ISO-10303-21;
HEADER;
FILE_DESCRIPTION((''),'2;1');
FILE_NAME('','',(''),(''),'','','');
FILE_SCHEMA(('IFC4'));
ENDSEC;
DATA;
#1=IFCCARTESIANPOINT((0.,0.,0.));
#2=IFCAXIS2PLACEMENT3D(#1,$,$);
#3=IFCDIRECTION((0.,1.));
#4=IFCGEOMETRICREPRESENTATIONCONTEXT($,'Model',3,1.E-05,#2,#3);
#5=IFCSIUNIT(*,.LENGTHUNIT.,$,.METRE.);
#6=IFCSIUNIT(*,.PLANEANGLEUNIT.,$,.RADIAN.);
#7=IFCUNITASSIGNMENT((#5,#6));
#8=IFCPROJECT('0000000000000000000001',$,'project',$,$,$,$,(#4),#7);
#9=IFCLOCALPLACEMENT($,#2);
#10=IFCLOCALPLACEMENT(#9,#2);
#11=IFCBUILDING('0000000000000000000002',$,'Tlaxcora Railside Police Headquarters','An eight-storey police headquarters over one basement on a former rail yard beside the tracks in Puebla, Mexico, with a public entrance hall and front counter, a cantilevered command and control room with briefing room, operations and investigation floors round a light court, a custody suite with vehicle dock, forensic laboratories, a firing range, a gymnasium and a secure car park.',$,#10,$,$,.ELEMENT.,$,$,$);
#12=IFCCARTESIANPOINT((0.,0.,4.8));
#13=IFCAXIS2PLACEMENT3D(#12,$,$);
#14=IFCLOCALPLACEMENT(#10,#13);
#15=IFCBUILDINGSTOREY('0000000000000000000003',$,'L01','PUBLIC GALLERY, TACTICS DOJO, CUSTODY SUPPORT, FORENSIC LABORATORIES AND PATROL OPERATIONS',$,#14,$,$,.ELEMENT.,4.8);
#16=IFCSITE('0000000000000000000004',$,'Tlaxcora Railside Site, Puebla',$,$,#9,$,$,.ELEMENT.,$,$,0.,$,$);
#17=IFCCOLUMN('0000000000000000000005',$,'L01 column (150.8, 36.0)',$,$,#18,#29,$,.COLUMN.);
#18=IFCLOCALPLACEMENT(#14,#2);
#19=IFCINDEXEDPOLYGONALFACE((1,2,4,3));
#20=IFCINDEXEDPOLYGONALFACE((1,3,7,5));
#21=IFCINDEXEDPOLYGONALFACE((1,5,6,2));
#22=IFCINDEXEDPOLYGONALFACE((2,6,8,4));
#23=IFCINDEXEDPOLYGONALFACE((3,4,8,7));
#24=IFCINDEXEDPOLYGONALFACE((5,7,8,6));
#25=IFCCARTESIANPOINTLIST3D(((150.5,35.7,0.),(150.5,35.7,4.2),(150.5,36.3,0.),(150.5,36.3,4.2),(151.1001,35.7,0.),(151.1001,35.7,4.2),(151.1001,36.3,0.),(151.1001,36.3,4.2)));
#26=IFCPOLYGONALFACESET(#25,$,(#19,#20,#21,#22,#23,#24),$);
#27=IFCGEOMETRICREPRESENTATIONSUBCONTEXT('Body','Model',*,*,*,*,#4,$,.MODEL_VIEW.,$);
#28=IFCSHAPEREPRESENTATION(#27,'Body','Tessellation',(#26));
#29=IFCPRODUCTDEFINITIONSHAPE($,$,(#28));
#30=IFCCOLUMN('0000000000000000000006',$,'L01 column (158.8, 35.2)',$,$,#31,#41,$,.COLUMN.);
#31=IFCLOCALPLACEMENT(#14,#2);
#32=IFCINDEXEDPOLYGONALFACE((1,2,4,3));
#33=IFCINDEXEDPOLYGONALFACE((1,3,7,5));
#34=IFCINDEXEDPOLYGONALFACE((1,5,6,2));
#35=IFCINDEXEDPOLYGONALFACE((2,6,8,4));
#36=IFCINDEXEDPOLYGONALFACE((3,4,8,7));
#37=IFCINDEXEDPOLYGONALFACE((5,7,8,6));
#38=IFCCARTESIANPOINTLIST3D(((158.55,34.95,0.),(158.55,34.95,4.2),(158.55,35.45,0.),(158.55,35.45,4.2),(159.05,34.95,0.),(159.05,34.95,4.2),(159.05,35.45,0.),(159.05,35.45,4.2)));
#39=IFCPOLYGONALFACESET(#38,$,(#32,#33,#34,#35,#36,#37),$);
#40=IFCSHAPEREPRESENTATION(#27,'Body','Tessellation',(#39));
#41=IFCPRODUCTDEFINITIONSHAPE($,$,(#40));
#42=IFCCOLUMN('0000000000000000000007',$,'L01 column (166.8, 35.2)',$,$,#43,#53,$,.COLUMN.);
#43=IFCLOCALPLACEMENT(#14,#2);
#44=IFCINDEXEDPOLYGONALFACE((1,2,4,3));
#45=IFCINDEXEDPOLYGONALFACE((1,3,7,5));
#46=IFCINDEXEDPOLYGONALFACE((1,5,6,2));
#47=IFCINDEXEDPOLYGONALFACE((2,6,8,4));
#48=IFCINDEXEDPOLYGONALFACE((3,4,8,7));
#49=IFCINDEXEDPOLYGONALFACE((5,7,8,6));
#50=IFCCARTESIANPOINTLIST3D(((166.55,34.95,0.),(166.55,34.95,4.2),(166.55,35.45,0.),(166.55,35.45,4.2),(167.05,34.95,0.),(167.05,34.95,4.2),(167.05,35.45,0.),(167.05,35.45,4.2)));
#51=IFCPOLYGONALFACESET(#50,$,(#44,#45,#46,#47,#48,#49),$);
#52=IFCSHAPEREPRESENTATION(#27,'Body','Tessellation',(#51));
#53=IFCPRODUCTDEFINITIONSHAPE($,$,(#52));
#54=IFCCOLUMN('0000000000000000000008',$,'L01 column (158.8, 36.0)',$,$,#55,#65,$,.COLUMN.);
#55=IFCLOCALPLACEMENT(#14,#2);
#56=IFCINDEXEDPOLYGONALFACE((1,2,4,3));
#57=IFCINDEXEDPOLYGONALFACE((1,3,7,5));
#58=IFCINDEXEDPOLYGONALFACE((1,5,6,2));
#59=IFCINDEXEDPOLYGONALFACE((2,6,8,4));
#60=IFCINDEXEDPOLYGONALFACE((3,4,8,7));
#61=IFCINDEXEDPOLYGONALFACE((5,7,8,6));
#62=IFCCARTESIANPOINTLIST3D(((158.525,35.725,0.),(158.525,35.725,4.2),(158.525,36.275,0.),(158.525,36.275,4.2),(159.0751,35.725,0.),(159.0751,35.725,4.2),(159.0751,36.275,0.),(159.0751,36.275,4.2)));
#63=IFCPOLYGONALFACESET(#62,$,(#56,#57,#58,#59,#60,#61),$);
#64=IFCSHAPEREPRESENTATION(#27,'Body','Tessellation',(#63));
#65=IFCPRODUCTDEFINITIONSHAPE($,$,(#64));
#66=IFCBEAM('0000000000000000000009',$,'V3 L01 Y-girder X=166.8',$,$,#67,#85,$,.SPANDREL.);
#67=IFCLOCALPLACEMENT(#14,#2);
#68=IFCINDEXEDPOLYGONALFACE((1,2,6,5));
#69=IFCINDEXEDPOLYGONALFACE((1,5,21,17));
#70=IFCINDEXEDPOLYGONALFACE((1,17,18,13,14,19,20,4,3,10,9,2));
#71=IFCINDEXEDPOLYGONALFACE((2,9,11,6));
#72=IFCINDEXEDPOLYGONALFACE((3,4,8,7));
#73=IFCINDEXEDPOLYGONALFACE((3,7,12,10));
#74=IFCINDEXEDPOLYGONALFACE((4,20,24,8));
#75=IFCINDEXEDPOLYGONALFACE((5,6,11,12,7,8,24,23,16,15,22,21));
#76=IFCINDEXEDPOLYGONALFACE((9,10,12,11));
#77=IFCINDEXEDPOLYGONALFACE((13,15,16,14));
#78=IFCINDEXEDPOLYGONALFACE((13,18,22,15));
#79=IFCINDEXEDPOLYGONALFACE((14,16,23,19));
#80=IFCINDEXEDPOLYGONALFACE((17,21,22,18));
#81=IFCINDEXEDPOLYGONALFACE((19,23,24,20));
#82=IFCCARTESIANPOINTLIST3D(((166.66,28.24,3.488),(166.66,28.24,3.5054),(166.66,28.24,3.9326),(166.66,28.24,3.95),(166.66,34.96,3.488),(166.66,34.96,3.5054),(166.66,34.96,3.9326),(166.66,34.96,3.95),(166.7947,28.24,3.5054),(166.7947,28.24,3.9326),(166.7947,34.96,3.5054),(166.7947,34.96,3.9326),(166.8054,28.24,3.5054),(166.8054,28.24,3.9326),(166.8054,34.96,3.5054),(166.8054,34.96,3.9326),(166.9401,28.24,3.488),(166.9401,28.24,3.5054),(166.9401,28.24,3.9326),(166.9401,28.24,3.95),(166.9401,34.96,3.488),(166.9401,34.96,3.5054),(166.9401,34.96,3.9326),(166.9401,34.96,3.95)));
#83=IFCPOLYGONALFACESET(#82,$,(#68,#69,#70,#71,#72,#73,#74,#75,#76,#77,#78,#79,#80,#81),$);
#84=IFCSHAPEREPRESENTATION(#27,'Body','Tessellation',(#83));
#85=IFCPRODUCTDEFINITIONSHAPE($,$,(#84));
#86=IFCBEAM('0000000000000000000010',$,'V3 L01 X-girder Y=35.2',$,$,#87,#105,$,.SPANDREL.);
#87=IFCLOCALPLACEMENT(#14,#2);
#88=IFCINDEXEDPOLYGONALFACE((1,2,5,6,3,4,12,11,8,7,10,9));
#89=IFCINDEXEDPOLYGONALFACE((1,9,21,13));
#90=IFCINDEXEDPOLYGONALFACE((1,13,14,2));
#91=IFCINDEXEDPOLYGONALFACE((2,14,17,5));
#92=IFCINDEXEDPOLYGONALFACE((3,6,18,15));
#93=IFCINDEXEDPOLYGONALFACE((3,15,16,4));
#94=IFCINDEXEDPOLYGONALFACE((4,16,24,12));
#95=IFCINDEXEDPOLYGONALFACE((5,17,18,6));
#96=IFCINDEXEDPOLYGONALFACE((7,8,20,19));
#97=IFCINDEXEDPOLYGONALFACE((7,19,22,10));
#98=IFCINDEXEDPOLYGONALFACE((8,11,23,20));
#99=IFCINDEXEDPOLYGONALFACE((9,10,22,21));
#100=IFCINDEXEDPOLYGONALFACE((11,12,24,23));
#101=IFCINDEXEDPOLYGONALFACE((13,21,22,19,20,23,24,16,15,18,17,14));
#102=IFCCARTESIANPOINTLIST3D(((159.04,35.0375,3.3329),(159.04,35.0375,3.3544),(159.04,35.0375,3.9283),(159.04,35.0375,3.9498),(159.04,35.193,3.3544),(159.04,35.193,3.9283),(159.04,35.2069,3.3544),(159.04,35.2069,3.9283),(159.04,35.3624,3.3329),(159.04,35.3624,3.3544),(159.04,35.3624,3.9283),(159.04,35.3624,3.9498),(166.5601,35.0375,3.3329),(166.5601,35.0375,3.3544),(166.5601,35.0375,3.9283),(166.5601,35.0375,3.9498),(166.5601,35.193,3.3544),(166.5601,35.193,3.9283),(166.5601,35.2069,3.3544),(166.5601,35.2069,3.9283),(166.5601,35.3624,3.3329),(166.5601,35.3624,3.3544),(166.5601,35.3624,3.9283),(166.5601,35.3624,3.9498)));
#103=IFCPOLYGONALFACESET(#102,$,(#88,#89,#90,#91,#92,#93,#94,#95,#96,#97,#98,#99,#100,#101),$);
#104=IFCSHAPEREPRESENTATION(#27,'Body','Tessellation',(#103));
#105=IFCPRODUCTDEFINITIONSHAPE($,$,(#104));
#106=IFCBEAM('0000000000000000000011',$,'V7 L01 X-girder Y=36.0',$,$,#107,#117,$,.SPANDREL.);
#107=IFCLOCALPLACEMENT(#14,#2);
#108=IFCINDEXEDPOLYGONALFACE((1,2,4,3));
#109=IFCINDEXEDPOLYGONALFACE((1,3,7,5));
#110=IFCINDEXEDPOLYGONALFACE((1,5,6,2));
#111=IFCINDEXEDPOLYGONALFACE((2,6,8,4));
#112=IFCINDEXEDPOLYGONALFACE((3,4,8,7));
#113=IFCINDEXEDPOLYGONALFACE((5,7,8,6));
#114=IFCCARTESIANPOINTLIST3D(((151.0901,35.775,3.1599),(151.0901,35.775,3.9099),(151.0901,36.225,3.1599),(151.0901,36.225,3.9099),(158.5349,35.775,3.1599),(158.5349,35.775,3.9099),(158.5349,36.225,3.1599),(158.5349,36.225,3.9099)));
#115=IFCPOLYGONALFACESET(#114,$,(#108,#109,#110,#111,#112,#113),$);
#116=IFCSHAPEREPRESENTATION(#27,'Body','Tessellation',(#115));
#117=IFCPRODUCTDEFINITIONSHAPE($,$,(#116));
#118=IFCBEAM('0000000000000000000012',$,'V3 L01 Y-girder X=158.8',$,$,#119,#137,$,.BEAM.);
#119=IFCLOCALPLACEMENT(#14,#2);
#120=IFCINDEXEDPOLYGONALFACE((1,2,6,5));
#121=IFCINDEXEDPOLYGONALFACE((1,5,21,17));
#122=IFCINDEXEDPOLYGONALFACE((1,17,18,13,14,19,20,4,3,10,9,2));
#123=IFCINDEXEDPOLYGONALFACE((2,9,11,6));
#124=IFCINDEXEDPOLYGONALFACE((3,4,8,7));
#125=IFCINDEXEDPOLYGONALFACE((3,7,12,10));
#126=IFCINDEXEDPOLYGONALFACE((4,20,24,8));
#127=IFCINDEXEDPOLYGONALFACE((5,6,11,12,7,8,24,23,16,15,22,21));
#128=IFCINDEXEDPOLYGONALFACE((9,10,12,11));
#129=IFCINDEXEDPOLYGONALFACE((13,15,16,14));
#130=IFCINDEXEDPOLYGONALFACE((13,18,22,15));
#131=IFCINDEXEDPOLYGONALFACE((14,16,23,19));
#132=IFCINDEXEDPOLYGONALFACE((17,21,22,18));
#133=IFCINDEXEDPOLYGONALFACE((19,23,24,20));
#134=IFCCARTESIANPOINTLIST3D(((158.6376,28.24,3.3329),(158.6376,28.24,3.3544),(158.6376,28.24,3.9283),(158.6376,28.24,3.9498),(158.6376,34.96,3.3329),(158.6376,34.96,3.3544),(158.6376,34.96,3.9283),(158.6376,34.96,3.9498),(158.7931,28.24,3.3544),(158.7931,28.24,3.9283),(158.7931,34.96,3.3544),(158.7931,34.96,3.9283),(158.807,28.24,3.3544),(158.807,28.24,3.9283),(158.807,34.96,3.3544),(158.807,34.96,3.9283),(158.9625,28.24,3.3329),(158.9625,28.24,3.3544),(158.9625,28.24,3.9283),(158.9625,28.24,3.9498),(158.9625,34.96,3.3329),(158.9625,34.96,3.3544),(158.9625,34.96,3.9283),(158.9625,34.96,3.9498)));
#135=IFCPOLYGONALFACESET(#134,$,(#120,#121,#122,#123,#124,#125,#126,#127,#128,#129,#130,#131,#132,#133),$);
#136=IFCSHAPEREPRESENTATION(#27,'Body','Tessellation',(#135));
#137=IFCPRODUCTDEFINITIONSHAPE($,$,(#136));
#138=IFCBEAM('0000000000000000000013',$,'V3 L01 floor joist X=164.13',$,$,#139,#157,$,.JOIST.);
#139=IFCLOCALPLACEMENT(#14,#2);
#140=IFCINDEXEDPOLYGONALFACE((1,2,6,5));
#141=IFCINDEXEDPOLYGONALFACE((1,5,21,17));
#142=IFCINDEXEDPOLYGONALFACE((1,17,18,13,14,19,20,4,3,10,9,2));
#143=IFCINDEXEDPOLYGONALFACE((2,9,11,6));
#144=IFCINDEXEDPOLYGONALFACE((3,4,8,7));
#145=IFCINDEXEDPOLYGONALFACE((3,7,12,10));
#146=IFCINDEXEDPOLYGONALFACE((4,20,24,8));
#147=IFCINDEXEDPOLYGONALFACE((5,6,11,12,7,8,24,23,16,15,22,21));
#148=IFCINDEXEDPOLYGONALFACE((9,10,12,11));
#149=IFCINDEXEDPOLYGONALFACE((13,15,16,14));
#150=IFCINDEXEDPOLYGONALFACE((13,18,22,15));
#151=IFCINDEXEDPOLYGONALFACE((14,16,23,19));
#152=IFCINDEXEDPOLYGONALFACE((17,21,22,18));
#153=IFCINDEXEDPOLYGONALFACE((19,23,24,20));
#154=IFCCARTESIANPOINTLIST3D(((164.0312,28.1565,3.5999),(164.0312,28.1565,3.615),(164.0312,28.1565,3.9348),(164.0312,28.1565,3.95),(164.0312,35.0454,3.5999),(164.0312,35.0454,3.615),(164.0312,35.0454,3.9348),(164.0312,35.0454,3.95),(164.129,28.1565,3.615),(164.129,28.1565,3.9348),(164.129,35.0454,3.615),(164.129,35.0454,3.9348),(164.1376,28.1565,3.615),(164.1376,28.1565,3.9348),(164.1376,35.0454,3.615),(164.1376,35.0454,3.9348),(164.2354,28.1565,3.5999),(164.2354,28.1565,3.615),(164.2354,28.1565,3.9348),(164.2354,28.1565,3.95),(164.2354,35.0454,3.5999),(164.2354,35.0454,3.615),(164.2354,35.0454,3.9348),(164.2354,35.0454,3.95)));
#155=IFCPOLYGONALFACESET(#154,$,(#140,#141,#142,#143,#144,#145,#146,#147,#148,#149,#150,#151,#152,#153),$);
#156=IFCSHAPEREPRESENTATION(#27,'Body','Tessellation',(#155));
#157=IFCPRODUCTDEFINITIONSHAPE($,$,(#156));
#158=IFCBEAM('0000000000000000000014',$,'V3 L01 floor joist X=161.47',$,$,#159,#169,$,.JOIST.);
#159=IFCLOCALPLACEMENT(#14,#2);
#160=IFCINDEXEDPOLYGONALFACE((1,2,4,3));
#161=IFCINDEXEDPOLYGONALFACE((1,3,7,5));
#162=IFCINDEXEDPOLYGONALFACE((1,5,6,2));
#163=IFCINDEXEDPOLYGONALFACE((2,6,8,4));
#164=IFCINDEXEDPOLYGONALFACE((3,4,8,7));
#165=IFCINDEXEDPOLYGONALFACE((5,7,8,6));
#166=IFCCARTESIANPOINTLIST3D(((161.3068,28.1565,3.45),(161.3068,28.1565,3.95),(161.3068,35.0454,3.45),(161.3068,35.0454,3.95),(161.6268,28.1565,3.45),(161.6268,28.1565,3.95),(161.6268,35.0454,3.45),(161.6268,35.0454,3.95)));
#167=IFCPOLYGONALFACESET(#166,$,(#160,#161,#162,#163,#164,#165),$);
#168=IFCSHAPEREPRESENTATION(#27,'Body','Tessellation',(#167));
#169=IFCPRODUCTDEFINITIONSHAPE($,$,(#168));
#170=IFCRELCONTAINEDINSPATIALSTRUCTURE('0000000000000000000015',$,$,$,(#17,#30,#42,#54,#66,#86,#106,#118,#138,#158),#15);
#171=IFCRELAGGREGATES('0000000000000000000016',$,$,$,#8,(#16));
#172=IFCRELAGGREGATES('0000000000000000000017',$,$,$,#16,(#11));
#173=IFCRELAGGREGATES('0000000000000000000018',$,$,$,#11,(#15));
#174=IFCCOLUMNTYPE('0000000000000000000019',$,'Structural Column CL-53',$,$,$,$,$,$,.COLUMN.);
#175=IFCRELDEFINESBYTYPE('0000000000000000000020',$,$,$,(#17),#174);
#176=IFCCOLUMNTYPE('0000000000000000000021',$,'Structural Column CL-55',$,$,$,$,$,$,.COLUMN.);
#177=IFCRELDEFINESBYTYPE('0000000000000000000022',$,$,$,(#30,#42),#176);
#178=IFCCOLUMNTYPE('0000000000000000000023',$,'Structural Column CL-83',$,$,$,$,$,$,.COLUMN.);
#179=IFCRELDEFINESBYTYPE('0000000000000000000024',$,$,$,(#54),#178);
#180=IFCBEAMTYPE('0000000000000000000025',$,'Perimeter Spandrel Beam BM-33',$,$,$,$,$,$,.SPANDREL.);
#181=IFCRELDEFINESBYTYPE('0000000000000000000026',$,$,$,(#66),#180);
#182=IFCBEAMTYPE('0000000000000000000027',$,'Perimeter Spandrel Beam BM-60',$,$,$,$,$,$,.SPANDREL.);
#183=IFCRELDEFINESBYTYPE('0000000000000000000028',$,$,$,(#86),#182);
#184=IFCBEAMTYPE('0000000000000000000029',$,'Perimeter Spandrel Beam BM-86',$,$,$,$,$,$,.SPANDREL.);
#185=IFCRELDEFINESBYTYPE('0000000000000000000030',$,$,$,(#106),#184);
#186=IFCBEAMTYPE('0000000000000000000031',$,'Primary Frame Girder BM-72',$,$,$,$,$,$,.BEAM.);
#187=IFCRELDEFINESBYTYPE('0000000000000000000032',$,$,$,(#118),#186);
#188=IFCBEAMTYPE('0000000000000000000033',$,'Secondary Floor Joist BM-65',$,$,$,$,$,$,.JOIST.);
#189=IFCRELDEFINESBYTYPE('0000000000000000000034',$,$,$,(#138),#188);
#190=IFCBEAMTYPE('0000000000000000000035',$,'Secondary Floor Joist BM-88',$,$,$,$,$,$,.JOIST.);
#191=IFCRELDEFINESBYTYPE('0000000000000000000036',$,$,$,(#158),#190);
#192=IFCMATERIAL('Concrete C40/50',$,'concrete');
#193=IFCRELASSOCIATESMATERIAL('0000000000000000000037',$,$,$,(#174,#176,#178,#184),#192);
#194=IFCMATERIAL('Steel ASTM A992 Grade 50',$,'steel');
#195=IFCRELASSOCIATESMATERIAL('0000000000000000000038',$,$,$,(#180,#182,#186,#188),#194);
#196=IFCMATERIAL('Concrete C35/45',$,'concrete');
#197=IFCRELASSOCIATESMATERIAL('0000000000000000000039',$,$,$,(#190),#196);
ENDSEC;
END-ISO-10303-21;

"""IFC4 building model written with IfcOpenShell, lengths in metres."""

from ifc_helpers import new_model, si_unit, direction, frame, origin, origin_2d, place, context, subcontext, project, spatial, rectangle, i_section, extrude, material, material_profile, profile_set, type_object, element, save


model = new_model("IFC4")

# Units and contexts
model_context = context("Model", 3, precision=1e-05, world=origin(), true_north=direction((0.0, 1.0)))
body_context = subcontext(model_context, "Body", "Model", "MODEL_VIEW")
ifc_project = project(units=[si_unit("LENGTHUNIT", "METRE"), si_unit("PLANEANGLEUNIT", "RADIAN")], contexts=[model_context])

# Site, building, storey
site_placement = place(None, origin())
site = spatial("IfcSite", under=ifc_project, at=site_placement, Name="Tlaxcora Railside Site, Puebla", CompositionType="ELEMENT", RefElevation=0.0)
building_placement = place(site_placement, origin())
building = spatial("IfcBuilding", under=site, at=building_placement, Name="Tlaxcora Railside Police Headquarters", Description="An eight-storey police headquarters over one basement on a former rail yard beside the tracks in Puebla, Mexico, with a public entrance hall and front counter, a cantilevered command and control room with briefing room, operations and investigation floors round a light court, a custody suite with vehicle dock, forensic laboratories, a firing range, a gymnasium and a secure car park.", CompositionType="ELEMENT")
storey_placement = place(building_placement, frame((0.0, 0.0, 4.8)))
storey = spatial("IfcBuildingStorey", under=building, at=storey_placement, Name="L01", Description="PUBLIC GALLERY, TACTICS DOJO, CUSTODY SUPPORT, FORENSIC LABORATORIES AND PATROL OPERATIONS", CompositionType="ELEMENT", Elevation=4.8)

# Columns
ifc_material_1 = material(Name="Concrete C40/50", Category="concrete")
ifc_material_profile_1 = material_profile(ifc_material_1, rectangle(XDim=0.6001, YDim=0.6001, at=origin_2d()), Name="RC600X600")
ifc_profile_set_1 = profile_set([ifc_material_profile_1], Name="Concrete C40/50")
column_type_1 = type_object("IfcColumnType", Name="Structural Column CL-53", PredefinedType="COLUMN", material=ifc_profile_set_1)
column_1_placement = place(storey_placement, frame((150.8, 36.0, 0.0), z_axis=(0.0, 0.0, 1.0), x_axis=(1.0, 0.0, 0.0)))
element("IfcColumn", 1, at=column_1_placement, inside=storey, type_object=column_type_1, Name="L01 column (150.8, 36.0)", PredefinedType="COLUMN", context=body_context, shape_type="SweptSolid", body=[
    extrude(rectangle(XDim=0.6001, YDim=0.6001, at=origin_2d()), origin(), (0.0, 0.0, 1.0), 4.2),
])
ifc_material_profile_2 = material_profile(ifc_material_1, rectangle(XDim=0.5, YDim=0.5, at=origin_2d()), Name="RC500X500")
ifc_profile_set_2 = profile_set([ifc_material_profile_2], Name="Concrete C40/50")
column_type_2 = type_object("IfcColumnType", Name="Structural Column CL-55", PredefinedType="COLUMN", material=ifc_profile_set_2)
for number, where, z_axis, x_axis, name in (
    (2, (158.8, 35.2, 0.0), (0.0, 0.0, 1.0), (1.0, 0.0, 0.0), "L01 column (158.8, 35.2)"),
    (3, (166.8, 35.2, 0.0), (0.0, 0.0, 1.0), (1.0, 0.0, 0.0), "L01 column (166.8, 35.2)"),
):
    element("IfcColumn", number, at=place(storey_placement, frame(where, z_axis=z_axis, x_axis=x_axis)), inside=storey, type_object=column_type_2, Name=name, PredefinedType="COLUMN", context=body_context, shape_type="SweptSolid", body=[
        extrude(rectangle(XDim=0.5, YDim=0.5, at=origin_2d()), origin(), (0.0, 0.0, 1.0), 4.2),
    ])
ifc_material_profile_3 = material_profile(ifc_material_1, rectangle(XDim=0.55, YDim=0.55, at=origin_2d()), Name="RC550X550")
ifc_profile_set_3 = profile_set([ifc_material_profile_3], Name="Concrete C40/50")
column_type_3 = type_object("IfcColumnType", Name="Structural Column CL-83", PredefinedType="COLUMN", material=ifc_profile_set_3)
column_2_placement = place(storey_placement, frame((158.8, 36.0, 0.0), z_axis=(0.0, 0.0, 1.0), x_axis=(1.0, 0.0, 0.0)))
element("IfcColumn", 4, at=column_2_placement, inside=storey, type_object=column_type_3, Name="L01 column (158.8, 36.0)", PredefinedType="COLUMN", context=body_context, shape_type="SweptSolid", body=[
    extrude(rectangle(XDim=0.55, YDim=0.55, at=origin_2d()), origin(), (0.0, 0.0, 1.0), 4.2),
])

# Beams
ifc_material_2 = material(Name="Steel ASTM A992 Grade 50", Category="steel")
ifc_material_profile_4 = material_profile(ifc_material_2, i_section(OverallWidth=0.28, OverallDepth=0.4619, WebThickness=0.0107, FlangeThickness=0.0173, at=origin_2d()), Name="W18X76")
ifc_profile_set_4 = profile_set([ifc_material_profile_4], Name="Steel ASTM A992 Grade 50")
beam_type_1 = type_object("IfcBeamType", Name="Perimeter Spandrel Beam BM-33", PredefinedType="SPANDREL", material=ifc_profile_set_4)
beam_1_placement = place(storey_placement, frame((166.8, 28.24, 3.719), z_axis=(0.0, 1.0, 0.0), x_axis=(-1.0, 0.0, 0.0)))
element("IfcBeam", 5, at=beam_1_placement, inside=storey, type_object=beam_type_1, Name="V3 L01 Y-girder X=166.8", PredefinedType="SPANDREL", context=body_context, shape_type="SweptSolid", body=[
    extrude(i_section(OverallWidth=0.28, OverallDepth=0.4619, WebThickness=0.0107, FlangeThickness=0.0173, at=origin_2d()), origin(), (0.0, 0.0, 1.0), 6.72),
])
ifc_material_profile_5 = material_profile(ifc_material_2, i_section(OverallWidth=0.325, OverallDepth=0.6169, WebThickness=0.0139, FlangeThickness=0.0215, at=origin_2d()), Name="W24X117")
ifc_profile_set_5 = profile_set([ifc_material_profile_5], Name="Steel ASTM A992 Grade 50")
beam_type_2 = type_object("IfcBeamType", Name="Perimeter Spandrel Beam BM-60", PredefinedType="SPANDREL", material=ifc_profile_set_5)
beam_2_placement = place(storey_placement, frame((159.04, 35.2, 3.6414), z_axis=(1.0, 0.0, 0.0), x_axis=(0.0, 1.0, 0.0)))
element("IfcBeam", 6, at=beam_2_placement, inside=storey, type_object=beam_type_2, Name="V3 L01 X-girder Y=35.2", PredefinedType="SPANDREL", context=body_context, shape_type="SweptSolid", body=[
    extrude(i_section(OverallWidth=0.325, OverallDepth=0.6169, WebThickness=0.0139, FlangeThickness=0.0215, at=origin_2d()), origin(), (0.0, 0.0, 1.0), 7.52),
])
ifc_material_profile_6 = material_profile(ifc_material_1, rectangle(XDim=0.45, YDim=0.75, at=origin_2d()), Name="RC450X750")
ifc_profile_set_6 = profile_set([ifc_material_profile_6], Name="Concrete C40/50")
beam_type_3 = type_object("IfcBeamType", Name="Perimeter Spandrel Beam BM-86", PredefinedType="SPANDREL", material=ifc_profile_set_6)
beam_3_placement = place(storey_placement, frame((151.0901, 36.0, 3.5349), z_axis=(1.0, 0.0, 0.0), x_axis=(0.0, 1.0, 0.0)))
element("IfcBeam", 7, at=beam_3_placement, inside=storey, type_object=beam_type_3, Name="V7 L01 X-girder Y=36.0", PredefinedType="SPANDREL", context=body_context, shape_type="SweptSolid", body=[
    extrude(rectangle(XDim=0.45, YDim=0.75, at=origin_2d()), origin(), (0.0, 0.0, 1.0), 7.4448),
])
ifc_material_profile_7 = material_profile(ifc_material_2, i_section(OverallWidth=0.325, OverallDepth=0.6169, WebThickness=0.0139, FlangeThickness=0.0215, at=origin_2d()), Name="W24X117")
ifc_profile_set_7 = profile_set([ifc_material_profile_7], Name="Steel ASTM A992 Grade 50")
beam_type_4 = type_object("IfcBeamType", Name="Primary Frame Girder BM-72", PredefinedType="BEAM", material=ifc_profile_set_7)
beam_4_placement = place(storey_placement, frame((158.8, 28.24, 3.6414), z_axis=(0.0, 1.0, 0.0), x_axis=(-1.0, 0.0, 0.0)))
element("IfcBeam", 8, at=beam_4_placement, inside=storey, type_object=beam_type_4, Name="V3 L01 Y-girder X=158.8", PredefinedType="BEAM", context=body_context, shape_type="SweptSolid", body=[
    extrude(i_section(OverallWidth=0.325, OverallDepth=0.6169, WebThickness=0.0139, FlangeThickness=0.0215, at=origin_2d()), origin(), (0.0, 0.0, 1.0), 6.72),
])
ifc_material_profile_8 = material_profile(ifc_material_2, i_section(OverallWidth=0.2041, OverallDepth=0.3501, WebThickness=0.0085, FlangeThickness=0.0151, at=origin_2d()), Name="W14X48")
ifc_profile_set_8 = profile_set([ifc_material_profile_8], Name="Steel ASTM A992 Grade 50")
beam_type_5 = type_object("IfcBeamType", Name="Secondary Floor Joist BM-65", PredefinedType="JOIST", material=ifc_profile_set_8)
beam_5_placement = place(storey_placement, frame((164.1333, 28.1565, 3.7749), z_axis=(0.0, 1.0, 0.0), x_axis=(-1.0, 0.0, 0.0)))
element("IfcBeam", 9, at=beam_5_placement, inside=storey, type_object=beam_type_5, Name="V3 L01 floor joist X=164.13", PredefinedType="JOIST", context=body_context, shape_type="SweptSolid", body=[
    extrude(i_section(OverallWidth=0.2041, OverallDepth=0.3501, WebThickness=0.0085, FlangeThickness=0.0151, at=origin_2d()), origin(), (0.0, 0.0, 1.0), 6.8889),
])
ifc_material_3 = material(Name="Concrete C35/45", Category="concrete")
ifc_material_profile_9 = material_profile(ifc_material_3, rectangle(XDim=0.3201, YDim=0.5, at=origin_2d()), Name="RC320X500")
ifc_profile_set_9 = profile_set([ifc_material_profile_9], Name="Concrete C35/45")
beam_type_6 = type_object("IfcBeamType", Name="Secondary Floor Joist BM-88", PredefinedType="JOIST", material=ifc_profile_set_9)
beam_6_placement = place(storey_placement, frame((161.4668, 28.1565, 3.7), z_axis=(0.0, 1.0, 0.0), x_axis=(-1.0, 0.0, 0.0)))
element("IfcBeam", 10, at=beam_6_placement, inside=storey, type_object=beam_type_6, Name="V3 L01 floor joist X=161.47", PredefinedType="JOIST", context=body_context, shape_type="SweptSolid", body=[
    extrude(rectangle(XDim=0.3201, YDim=0.5, at=origin_2d()), origin(), (0.0, 0.0, 1.0), 6.8889),
])

save(model, "model.ifc")
